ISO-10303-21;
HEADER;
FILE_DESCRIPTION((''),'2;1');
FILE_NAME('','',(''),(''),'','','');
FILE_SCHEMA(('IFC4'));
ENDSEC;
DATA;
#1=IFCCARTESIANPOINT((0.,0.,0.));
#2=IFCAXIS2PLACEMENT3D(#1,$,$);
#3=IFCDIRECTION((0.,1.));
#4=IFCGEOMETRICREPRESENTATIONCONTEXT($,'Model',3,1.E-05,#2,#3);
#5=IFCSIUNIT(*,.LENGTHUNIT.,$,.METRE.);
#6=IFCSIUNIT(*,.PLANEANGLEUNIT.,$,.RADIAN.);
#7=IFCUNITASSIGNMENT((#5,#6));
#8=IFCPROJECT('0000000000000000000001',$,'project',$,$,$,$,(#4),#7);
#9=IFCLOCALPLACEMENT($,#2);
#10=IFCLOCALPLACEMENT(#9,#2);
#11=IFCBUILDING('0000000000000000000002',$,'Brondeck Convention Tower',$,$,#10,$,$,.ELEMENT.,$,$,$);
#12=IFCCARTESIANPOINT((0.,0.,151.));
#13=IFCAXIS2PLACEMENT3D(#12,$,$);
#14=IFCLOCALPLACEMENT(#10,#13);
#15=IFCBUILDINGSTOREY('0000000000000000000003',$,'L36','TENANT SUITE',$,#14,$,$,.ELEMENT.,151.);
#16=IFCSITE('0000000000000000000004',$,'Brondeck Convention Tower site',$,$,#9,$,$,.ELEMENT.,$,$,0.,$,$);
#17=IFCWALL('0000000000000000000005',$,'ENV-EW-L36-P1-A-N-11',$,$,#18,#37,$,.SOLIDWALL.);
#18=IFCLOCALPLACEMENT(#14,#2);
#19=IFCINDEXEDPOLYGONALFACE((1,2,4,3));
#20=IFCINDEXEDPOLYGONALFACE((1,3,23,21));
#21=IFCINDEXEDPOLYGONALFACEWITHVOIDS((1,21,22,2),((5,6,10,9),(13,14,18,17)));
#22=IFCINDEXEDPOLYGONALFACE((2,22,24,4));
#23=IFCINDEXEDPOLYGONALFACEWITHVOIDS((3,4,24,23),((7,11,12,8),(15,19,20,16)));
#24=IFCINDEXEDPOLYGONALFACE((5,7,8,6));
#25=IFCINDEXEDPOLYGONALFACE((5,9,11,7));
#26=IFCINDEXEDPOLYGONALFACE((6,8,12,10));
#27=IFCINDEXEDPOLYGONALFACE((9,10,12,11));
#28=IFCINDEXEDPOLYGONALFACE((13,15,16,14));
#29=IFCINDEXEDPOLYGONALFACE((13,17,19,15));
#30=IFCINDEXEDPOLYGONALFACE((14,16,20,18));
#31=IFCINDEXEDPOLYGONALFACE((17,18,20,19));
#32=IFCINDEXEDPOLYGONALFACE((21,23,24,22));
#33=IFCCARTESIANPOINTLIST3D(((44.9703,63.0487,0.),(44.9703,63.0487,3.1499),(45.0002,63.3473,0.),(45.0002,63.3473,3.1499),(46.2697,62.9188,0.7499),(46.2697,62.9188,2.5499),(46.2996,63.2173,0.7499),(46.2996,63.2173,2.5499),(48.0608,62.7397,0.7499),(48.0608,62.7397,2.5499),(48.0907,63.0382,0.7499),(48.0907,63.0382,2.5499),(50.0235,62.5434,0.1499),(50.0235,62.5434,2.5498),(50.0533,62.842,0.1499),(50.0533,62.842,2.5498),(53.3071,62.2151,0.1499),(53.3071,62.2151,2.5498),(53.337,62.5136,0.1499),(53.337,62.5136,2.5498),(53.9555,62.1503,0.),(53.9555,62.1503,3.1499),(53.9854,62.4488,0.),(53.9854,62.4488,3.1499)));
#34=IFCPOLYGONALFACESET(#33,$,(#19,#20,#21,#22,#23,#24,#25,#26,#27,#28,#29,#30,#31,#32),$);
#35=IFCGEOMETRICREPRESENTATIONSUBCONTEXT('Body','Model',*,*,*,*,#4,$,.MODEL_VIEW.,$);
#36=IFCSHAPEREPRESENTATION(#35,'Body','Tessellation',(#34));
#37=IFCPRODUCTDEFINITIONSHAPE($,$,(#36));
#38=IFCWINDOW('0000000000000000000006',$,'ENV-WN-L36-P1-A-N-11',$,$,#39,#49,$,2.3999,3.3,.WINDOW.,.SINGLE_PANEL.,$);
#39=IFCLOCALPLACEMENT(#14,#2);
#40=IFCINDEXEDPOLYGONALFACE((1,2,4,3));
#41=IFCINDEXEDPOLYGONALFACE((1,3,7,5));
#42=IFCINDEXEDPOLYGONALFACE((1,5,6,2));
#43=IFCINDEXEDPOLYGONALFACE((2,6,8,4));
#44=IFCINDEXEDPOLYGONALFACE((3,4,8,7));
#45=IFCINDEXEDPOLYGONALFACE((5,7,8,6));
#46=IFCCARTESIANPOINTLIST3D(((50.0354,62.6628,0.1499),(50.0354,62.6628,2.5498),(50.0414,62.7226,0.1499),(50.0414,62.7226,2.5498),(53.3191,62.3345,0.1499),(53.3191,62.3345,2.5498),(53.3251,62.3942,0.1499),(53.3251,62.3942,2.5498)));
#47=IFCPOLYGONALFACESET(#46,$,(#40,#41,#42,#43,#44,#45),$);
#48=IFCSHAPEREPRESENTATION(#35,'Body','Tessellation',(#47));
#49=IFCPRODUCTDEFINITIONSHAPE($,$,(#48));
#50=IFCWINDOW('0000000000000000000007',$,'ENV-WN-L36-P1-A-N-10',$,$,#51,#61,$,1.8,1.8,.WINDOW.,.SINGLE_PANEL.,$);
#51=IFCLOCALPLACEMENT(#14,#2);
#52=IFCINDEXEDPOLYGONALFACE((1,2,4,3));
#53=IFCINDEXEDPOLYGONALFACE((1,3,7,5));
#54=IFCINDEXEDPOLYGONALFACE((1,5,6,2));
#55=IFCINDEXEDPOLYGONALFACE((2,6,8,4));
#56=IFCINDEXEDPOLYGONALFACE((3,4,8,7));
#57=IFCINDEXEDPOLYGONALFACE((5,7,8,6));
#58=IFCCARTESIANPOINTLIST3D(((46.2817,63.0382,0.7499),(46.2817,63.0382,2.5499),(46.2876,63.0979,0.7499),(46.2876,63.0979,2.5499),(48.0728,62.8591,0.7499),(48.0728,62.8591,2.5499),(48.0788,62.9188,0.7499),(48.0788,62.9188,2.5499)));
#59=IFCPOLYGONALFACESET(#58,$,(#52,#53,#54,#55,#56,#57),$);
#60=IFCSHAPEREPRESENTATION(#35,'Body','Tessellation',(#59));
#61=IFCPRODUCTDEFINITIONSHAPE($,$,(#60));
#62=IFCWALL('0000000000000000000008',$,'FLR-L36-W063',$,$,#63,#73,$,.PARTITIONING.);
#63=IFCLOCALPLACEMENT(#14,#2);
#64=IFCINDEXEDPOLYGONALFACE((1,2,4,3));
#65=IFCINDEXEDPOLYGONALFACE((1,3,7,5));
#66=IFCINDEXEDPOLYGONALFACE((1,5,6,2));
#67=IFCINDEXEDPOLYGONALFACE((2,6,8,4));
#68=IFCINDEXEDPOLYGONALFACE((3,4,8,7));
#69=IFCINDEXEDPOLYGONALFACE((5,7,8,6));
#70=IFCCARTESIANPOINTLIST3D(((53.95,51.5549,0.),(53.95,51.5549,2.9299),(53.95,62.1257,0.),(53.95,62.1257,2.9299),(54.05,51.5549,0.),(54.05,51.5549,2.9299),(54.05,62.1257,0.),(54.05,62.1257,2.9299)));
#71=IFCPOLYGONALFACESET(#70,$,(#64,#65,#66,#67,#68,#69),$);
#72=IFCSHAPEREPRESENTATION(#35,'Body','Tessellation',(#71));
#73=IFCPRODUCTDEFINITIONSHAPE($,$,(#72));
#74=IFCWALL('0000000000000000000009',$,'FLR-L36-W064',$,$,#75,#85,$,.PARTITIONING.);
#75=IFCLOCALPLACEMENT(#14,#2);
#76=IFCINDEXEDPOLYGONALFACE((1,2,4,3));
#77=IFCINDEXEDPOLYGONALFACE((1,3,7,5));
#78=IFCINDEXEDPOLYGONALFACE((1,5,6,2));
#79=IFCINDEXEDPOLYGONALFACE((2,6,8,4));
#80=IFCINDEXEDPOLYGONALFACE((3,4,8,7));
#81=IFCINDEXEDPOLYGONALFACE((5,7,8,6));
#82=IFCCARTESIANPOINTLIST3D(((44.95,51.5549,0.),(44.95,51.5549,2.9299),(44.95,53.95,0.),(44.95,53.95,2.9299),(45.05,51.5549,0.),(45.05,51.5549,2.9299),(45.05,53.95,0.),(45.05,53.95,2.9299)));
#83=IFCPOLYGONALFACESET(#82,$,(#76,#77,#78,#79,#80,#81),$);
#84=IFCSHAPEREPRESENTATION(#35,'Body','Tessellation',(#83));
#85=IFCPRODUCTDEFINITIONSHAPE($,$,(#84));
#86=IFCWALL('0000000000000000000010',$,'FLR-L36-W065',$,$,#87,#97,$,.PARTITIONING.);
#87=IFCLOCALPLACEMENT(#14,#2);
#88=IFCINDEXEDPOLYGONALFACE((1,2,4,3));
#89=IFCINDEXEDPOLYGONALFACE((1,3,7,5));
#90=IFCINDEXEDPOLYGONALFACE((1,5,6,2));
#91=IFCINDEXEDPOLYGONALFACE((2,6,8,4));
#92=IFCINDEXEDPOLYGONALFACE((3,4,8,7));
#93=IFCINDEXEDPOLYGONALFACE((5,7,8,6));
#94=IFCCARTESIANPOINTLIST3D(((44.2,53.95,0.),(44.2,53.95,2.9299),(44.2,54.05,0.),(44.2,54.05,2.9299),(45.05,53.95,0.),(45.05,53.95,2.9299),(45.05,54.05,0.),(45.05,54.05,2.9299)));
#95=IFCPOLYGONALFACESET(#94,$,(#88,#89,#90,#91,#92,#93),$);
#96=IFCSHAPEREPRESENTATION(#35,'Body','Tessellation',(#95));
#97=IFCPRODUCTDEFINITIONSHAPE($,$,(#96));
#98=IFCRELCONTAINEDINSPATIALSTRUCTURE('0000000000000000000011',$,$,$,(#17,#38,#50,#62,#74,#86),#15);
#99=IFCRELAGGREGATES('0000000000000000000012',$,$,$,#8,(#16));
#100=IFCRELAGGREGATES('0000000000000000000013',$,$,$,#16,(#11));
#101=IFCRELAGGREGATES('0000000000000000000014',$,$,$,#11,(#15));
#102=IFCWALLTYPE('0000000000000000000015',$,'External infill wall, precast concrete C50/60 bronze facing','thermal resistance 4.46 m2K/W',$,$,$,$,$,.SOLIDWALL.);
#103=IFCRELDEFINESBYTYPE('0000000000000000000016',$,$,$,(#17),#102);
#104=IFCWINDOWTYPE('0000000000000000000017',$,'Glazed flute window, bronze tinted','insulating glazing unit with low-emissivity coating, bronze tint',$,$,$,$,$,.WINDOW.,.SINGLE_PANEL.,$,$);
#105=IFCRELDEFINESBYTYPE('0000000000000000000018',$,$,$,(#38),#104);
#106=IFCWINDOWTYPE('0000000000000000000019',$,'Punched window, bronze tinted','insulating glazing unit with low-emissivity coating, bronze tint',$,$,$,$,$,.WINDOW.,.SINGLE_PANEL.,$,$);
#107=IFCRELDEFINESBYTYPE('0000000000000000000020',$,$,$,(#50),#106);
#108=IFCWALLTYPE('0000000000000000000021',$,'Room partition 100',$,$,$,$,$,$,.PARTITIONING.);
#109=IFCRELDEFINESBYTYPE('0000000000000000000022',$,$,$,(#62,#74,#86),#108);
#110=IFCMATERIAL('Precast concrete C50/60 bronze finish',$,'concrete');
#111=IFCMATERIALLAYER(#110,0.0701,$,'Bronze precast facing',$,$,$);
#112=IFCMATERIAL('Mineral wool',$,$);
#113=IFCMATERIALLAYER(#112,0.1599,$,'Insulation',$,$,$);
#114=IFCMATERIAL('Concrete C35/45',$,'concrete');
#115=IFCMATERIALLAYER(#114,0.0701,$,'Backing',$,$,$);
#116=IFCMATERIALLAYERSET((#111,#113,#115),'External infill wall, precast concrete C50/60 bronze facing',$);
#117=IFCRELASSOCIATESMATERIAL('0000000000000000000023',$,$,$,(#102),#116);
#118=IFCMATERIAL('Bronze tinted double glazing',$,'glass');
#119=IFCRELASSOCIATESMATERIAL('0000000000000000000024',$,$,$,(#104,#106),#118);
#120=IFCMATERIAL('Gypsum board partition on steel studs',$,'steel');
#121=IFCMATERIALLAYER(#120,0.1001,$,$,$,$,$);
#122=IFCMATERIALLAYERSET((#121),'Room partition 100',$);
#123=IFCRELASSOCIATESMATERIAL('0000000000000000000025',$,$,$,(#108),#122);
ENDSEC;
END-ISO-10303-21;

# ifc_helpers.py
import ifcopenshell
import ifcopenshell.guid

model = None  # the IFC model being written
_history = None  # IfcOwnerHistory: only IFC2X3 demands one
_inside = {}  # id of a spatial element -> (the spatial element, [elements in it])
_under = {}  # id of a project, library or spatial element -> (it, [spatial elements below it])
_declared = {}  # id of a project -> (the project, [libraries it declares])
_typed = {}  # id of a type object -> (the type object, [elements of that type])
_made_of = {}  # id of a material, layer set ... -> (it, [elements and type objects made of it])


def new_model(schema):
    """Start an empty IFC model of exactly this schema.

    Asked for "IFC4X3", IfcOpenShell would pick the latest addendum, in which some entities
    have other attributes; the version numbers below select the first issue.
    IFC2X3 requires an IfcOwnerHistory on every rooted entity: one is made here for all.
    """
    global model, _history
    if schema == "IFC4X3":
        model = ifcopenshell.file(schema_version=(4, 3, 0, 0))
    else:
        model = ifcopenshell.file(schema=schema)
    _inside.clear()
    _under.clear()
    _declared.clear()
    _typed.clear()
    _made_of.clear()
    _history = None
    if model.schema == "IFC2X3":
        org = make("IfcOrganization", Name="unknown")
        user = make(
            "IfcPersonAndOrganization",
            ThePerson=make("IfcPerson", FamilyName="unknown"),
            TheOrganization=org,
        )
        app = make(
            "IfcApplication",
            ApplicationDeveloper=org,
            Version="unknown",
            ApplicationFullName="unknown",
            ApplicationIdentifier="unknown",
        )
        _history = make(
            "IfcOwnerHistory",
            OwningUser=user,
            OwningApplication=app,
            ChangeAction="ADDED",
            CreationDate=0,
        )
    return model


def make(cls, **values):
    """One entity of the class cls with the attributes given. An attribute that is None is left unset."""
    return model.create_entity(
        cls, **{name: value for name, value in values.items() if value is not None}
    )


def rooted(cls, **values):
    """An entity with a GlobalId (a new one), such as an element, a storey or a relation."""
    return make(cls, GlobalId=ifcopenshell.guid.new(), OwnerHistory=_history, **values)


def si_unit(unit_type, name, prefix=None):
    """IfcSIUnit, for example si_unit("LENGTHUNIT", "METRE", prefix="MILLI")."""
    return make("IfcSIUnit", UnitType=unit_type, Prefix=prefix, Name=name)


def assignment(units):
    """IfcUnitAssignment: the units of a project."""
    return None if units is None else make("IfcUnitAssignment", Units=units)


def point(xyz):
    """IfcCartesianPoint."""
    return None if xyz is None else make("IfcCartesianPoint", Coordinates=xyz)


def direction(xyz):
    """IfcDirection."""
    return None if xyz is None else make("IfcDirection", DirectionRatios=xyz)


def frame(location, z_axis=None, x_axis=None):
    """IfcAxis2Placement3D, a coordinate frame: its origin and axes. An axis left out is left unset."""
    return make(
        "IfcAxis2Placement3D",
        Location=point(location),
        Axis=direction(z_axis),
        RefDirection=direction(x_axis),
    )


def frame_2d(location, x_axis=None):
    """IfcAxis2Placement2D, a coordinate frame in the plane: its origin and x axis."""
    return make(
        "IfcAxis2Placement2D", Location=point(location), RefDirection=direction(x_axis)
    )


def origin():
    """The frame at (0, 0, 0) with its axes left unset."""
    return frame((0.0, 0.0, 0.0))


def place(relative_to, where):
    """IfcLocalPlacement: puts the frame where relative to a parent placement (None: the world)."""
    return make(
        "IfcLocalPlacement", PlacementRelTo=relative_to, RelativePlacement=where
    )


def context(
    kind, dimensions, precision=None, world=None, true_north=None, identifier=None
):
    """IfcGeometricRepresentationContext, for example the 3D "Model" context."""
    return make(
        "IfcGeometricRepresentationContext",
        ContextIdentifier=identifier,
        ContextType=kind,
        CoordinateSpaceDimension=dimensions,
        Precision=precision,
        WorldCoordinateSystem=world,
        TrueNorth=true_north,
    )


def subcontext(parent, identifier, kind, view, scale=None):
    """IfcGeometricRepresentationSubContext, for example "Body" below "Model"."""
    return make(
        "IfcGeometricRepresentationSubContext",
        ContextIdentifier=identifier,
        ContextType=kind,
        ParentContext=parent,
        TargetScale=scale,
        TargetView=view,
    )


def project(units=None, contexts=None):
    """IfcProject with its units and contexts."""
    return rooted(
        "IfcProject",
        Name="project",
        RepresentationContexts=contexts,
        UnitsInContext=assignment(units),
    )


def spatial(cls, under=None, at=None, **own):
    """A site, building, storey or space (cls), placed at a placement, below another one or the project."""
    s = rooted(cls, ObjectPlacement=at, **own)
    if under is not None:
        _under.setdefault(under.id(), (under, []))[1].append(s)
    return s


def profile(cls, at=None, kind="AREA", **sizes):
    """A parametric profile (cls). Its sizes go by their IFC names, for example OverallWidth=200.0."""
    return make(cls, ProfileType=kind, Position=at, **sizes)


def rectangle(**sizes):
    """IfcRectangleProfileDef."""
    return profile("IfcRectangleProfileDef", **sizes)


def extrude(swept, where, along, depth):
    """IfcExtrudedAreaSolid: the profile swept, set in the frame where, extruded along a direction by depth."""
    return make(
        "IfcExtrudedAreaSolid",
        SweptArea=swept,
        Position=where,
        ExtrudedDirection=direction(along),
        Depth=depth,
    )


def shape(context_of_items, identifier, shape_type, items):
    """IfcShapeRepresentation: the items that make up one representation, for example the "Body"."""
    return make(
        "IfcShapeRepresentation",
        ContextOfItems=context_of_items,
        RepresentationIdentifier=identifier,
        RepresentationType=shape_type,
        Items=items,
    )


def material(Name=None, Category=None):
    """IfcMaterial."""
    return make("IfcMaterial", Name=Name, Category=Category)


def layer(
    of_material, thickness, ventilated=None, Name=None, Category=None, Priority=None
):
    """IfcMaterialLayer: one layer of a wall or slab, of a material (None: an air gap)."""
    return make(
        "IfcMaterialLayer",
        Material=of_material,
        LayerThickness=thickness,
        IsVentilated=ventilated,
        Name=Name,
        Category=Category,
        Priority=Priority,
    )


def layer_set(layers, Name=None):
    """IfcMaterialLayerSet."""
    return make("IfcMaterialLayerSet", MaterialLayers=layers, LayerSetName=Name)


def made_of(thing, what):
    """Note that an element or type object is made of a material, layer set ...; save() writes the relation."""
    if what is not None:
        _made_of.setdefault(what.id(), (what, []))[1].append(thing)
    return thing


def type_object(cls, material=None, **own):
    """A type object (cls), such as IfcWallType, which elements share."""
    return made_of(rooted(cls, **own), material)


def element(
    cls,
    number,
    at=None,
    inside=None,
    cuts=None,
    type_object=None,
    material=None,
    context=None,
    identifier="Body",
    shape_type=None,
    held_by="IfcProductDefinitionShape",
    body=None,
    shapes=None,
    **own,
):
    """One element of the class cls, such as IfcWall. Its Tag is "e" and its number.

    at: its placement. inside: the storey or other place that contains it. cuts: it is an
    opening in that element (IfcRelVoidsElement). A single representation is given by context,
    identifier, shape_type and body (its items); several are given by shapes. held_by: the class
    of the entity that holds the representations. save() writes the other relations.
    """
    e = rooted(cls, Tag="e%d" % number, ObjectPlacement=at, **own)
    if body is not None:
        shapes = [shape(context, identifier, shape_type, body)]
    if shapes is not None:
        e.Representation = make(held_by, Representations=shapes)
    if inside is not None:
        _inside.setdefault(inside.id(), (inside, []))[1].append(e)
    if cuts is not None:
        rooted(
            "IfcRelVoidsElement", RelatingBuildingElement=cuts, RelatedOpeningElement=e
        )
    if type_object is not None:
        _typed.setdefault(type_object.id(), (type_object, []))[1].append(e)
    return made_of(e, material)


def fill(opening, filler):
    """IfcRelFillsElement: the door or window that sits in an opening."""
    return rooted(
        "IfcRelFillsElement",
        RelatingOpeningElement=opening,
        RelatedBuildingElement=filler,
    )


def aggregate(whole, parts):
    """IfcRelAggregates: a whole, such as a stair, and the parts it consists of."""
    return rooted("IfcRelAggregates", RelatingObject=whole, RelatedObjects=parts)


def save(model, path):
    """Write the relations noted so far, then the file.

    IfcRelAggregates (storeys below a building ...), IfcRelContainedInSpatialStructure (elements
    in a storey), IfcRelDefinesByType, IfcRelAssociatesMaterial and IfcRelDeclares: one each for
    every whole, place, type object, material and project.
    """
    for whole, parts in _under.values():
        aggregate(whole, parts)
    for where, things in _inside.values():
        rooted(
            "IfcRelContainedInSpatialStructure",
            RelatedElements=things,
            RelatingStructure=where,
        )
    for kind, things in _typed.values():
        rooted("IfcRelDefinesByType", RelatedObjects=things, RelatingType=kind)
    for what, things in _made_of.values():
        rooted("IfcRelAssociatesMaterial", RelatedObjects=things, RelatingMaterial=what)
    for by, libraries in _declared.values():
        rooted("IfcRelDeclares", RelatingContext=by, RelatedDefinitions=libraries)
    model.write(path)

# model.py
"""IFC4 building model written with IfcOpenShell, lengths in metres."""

from ifc_helpers import new_model, si_unit, direction, frame, frame_2d, origin, place, context, subcontext, project, spatial, rectangle, extrude, material, layer, layer_set, type_object, element, fill, save


model = new_model("IFC4")

# Units and contexts
model_context = context("Model", 3, precision=1e-05, world=origin(), true_north=direction((0.0, 1.0)))
body_context = subcontext(model_context, "Body", "Model", "MODEL_VIEW")
ifc_project = project(units=[si_unit("LENGTHUNIT", "METRE"), si_unit("PLANEANGLEUNIT", "RADIAN")], contexts=[model_context])

# Site, building, storey
site_placement = place(None, origin())
site = spatial("IfcSite", under=ifc_project, at=site_placement, Name="Brondeck Convention Tower site", CompositionType="ELEMENT", RefElevation=0.0)
building_placement = place(site_placement, origin())
building = spatial("IfcBuilding", under=site, at=building_placement, Name="Brondeck Convention Tower", CompositionType="ELEMENT")
storey_placement = place(building_placement, frame((0.0, 0.0, 151.0)))
storey = spatial("IfcBuildingStorey", under=building, at=storey_placement, Name="L36", Description="TENANT SUITE", CompositionType="ELEMENT", Elevation=151.0)

# Shared definitions
ifc_material_1 = material(Name="Precast concrete C50/60 bronze finish", Category="concrete")
ifc_layer_1 = layer(ifc_material_1, 0.0701, Name="Bronze precast facing")
ifc_material_2 = material(Name="Mineral wool")
ifc_layer_2 = layer(ifc_material_2, 0.1599, Name="Insulation")
ifc_material_3 = material(Name="Concrete C35/45", Category="concrete")
ifc_layer_3 = layer(ifc_material_3, 0.0701, Name="Backing")
ifc_layer_set_1 = layer_set([ifc_layer_1, ifc_layer_2, ifc_layer_3], Name="External infill wall, precast concrete C50/60 bronze facing")
wall_type_1 = type_object("IfcWallType", Name="External infill wall, precast concrete C50/60 bronze facing", Description="thermal resistance 4.46 m2K/W", PredefinedType="SOLIDWALL", material=ifc_layer_set_1)
ifc_material_4 = material(Name="Bronze tinted double glazing", Category="glass")
window_type_1 = type_object("IfcWindowType", Name="Glazed flute window, bronze tinted", Description="insulating glazing unit with low-emissivity coating, bronze tint", PartitioningType="SINGLE_PANEL", PredefinedType="WINDOW", material=ifc_material_4)

# Wall, openings, windows
wall_1_placement = place(storey_placement, frame((44.9851, 63.198, 0.0), z_axis=(0.0, 0.0, 1.0), x_axis=(0.995038, -0.099496, 0.0)))
wall_1 = element("IfcWall", 1, at=wall_1_placement, inside=storey, type_object=wall_type_1, Name="ENV-EW-L36-P1-A-N-11", PredefinedType="SOLIDWALL", context=body_context, shape_type="SweptSolid", body=[
    extrude(rectangle(XDim=9.03, YDim=0.3, at=frame_2d((4.5151, 0.0))), origin(), (0.0, 0.0, 1.0), 3.1499),
])
opening_1_placement = place(wall_1_placement, frame((1.3062, 0.0, 0.75)))
opening_1 = element("IfcOpeningElement", 2, at=opening_1_placement, cuts=wall_1, PredefinedType="OPENING", context=body_context, shape_type="SweptSolid", body=[
    extrude(rectangle(XDim=1.8, YDim=1.8, at=frame_2d((0.8999, 0.8999))), frame((0.0, 0.1599, 0.0), z_axis=(0.0, -1.0, 0.0), x_axis=(1.0, 0.0, 0.0)), (0.0, 0.0, 1.0), 0.3201),
])
opening_2_placement = place(wall_1_placement, frame((5.0786, 0.0, 0.1499)))
opening_2 = element("IfcOpeningElement", 3, at=opening_2_placement, cuts=wall_1, PredefinedType="OPENING", context=body_context, shape_type="SweptSolid", body=[
    extrude(rectangle(XDim=3.3, YDim=2.3999, at=frame_2d((1.6499, 1.2))), frame((0.0, 0.1599, 0.0), z_axis=(0.0, -1.0, 0.0), x_axis=(1.0, 0.0, 0.0)), (0.0, 0.0, 1.0), 0.3201),
])
window_1_placement = place(opening_2_placement, origin())
window_1 = element("IfcWindow", 4, at=window_1_placement, inside=storey, type_object=window_type_1, Name="ENV-WN-L36-P1-A-N-11", OverallHeight=2.3999, OverallWidth=3.3, PartitioningType="SINGLE_PANEL", PredefinedType="WINDOW", context=body_context, shape_type="SweptSolid", body=[
    extrude(rectangle(XDim=3.3, YDim=2.3999, at=frame_2d((1.6499, 1.2))), frame((0.0, 0.03, 0.0), z_axis=(0.0, -1.0, 0.0), x_axis=(1.0, 0.0, 0.0)), (0.0, 0.0, 1.0), 0.0601),
])
fill(opening_2, window_1)
window_type_2 = type_object("IfcWindowType", Name="Punched window, bronze tinted", Description="insulating glazing unit with low-emissivity coating, bronze tint", PartitioningType="SINGLE_PANEL", PredefinedType="WINDOW", material=ifc_material_4)
window_2_placement = place(opening_1_placement, origin())
window_2 = element("IfcWindow", 5, at=window_2_placement, inside=storey, type_object=window_type_2, Name="ENV-WN-L36-P1-A-N-10", OverallHeight=1.8, OverallWidth=1.8, PartitioningType="SINGLE_PANEL", PredefinedType="WINDOW", context=body_context, shape_type="SweptSolid", body=[
    extrude(rectangle(XDim=1.8, YDim=1.8, at=frame_2d((0.8999, 0.8999))), frame((0.0, 0.03, 0.0), z_axis=(0.0, -1.0, 0.0), x_axis=(1.0, 0.0, 0.0)), (0.0, 0.0, 1.0), 0.0601),
])
fill(opening_1, window_2)

# Walls
ifc_material_5 = material(Name="Gypsum board partition on steel studs", Category="steel")
ifc_layer_4 = layer(ifc_material_5, 0.1001)
ifc_layer_set_2 = layer_set([ifc_layer_4], Name="Room partition 100")
wall_type_2 = type_object("IfcWallType", Name="Room partition 100", PredefinedType="PARTITIONING", material=ifc_layer_set_2)
wall_2_placement = place(storey_placement, frame((54.0, 51.5549, 0.0), z_axis=(0.0, 0.0, 1.0), x_axis=(0.0, 1.0, 0.0)))
element("IfcWall", 6, at=wall_2_placement, inside=storey, type_object=wall_type_2, Name="FLR-L36-W063", PredefinedType="PARTITIONING", context=body_context, shape_type="SweptSolid", body=[
    extrude(rectangle(XDim=10.5708, YDim=0.1001, at=frame_2d((5.2854, 0.0))), origin(), (0.0, 0.0, 1.0), 2.9299),
])
wall_3_placement = place(storey_placement, frame((45.0, 53.95, 0.0), z_axis=(0.0, 0.0, 1.0), x_axis=(0.0, -1.0, 0.0)))
element("IfcWall", 7, at=wall_3_placement, inside=storey, type_object=wall_type_2, Name="FLR-L36-W064", PredefinedType="PARTITIONING", context=body_context, shape_type="SweptSolid", body=[
    extrude(rectangle(XDim=2.395, YDim=0.1001, at=frame_2d((1.1975, 0.0))), origin(), (0.0, 0.0, 1.0), 2.9299),
])
wall_4_placement = place(storey_placement, frame((44.2, 54.0, 0.0), z_axis=(0.0, 0.0, 1.0), x_axis=(1.0, 0.0, 0.0)))
element("IfcWall", 8, at=wall_4_placement, inside=storey, type_object=wall_type_2, Name="FLR-L36-W065", PredefinedType="PARTITIONING", context=body_context, shape_type="SweptSolid", body=[
    extrude(rectangle(XDim=0.8501, YDim=0.1001, at=frame_2d((0.425, 0.0))), origin(), (0.0, 0.0, 1.0), 2.9299),
])

save(model, "model.ifc")
